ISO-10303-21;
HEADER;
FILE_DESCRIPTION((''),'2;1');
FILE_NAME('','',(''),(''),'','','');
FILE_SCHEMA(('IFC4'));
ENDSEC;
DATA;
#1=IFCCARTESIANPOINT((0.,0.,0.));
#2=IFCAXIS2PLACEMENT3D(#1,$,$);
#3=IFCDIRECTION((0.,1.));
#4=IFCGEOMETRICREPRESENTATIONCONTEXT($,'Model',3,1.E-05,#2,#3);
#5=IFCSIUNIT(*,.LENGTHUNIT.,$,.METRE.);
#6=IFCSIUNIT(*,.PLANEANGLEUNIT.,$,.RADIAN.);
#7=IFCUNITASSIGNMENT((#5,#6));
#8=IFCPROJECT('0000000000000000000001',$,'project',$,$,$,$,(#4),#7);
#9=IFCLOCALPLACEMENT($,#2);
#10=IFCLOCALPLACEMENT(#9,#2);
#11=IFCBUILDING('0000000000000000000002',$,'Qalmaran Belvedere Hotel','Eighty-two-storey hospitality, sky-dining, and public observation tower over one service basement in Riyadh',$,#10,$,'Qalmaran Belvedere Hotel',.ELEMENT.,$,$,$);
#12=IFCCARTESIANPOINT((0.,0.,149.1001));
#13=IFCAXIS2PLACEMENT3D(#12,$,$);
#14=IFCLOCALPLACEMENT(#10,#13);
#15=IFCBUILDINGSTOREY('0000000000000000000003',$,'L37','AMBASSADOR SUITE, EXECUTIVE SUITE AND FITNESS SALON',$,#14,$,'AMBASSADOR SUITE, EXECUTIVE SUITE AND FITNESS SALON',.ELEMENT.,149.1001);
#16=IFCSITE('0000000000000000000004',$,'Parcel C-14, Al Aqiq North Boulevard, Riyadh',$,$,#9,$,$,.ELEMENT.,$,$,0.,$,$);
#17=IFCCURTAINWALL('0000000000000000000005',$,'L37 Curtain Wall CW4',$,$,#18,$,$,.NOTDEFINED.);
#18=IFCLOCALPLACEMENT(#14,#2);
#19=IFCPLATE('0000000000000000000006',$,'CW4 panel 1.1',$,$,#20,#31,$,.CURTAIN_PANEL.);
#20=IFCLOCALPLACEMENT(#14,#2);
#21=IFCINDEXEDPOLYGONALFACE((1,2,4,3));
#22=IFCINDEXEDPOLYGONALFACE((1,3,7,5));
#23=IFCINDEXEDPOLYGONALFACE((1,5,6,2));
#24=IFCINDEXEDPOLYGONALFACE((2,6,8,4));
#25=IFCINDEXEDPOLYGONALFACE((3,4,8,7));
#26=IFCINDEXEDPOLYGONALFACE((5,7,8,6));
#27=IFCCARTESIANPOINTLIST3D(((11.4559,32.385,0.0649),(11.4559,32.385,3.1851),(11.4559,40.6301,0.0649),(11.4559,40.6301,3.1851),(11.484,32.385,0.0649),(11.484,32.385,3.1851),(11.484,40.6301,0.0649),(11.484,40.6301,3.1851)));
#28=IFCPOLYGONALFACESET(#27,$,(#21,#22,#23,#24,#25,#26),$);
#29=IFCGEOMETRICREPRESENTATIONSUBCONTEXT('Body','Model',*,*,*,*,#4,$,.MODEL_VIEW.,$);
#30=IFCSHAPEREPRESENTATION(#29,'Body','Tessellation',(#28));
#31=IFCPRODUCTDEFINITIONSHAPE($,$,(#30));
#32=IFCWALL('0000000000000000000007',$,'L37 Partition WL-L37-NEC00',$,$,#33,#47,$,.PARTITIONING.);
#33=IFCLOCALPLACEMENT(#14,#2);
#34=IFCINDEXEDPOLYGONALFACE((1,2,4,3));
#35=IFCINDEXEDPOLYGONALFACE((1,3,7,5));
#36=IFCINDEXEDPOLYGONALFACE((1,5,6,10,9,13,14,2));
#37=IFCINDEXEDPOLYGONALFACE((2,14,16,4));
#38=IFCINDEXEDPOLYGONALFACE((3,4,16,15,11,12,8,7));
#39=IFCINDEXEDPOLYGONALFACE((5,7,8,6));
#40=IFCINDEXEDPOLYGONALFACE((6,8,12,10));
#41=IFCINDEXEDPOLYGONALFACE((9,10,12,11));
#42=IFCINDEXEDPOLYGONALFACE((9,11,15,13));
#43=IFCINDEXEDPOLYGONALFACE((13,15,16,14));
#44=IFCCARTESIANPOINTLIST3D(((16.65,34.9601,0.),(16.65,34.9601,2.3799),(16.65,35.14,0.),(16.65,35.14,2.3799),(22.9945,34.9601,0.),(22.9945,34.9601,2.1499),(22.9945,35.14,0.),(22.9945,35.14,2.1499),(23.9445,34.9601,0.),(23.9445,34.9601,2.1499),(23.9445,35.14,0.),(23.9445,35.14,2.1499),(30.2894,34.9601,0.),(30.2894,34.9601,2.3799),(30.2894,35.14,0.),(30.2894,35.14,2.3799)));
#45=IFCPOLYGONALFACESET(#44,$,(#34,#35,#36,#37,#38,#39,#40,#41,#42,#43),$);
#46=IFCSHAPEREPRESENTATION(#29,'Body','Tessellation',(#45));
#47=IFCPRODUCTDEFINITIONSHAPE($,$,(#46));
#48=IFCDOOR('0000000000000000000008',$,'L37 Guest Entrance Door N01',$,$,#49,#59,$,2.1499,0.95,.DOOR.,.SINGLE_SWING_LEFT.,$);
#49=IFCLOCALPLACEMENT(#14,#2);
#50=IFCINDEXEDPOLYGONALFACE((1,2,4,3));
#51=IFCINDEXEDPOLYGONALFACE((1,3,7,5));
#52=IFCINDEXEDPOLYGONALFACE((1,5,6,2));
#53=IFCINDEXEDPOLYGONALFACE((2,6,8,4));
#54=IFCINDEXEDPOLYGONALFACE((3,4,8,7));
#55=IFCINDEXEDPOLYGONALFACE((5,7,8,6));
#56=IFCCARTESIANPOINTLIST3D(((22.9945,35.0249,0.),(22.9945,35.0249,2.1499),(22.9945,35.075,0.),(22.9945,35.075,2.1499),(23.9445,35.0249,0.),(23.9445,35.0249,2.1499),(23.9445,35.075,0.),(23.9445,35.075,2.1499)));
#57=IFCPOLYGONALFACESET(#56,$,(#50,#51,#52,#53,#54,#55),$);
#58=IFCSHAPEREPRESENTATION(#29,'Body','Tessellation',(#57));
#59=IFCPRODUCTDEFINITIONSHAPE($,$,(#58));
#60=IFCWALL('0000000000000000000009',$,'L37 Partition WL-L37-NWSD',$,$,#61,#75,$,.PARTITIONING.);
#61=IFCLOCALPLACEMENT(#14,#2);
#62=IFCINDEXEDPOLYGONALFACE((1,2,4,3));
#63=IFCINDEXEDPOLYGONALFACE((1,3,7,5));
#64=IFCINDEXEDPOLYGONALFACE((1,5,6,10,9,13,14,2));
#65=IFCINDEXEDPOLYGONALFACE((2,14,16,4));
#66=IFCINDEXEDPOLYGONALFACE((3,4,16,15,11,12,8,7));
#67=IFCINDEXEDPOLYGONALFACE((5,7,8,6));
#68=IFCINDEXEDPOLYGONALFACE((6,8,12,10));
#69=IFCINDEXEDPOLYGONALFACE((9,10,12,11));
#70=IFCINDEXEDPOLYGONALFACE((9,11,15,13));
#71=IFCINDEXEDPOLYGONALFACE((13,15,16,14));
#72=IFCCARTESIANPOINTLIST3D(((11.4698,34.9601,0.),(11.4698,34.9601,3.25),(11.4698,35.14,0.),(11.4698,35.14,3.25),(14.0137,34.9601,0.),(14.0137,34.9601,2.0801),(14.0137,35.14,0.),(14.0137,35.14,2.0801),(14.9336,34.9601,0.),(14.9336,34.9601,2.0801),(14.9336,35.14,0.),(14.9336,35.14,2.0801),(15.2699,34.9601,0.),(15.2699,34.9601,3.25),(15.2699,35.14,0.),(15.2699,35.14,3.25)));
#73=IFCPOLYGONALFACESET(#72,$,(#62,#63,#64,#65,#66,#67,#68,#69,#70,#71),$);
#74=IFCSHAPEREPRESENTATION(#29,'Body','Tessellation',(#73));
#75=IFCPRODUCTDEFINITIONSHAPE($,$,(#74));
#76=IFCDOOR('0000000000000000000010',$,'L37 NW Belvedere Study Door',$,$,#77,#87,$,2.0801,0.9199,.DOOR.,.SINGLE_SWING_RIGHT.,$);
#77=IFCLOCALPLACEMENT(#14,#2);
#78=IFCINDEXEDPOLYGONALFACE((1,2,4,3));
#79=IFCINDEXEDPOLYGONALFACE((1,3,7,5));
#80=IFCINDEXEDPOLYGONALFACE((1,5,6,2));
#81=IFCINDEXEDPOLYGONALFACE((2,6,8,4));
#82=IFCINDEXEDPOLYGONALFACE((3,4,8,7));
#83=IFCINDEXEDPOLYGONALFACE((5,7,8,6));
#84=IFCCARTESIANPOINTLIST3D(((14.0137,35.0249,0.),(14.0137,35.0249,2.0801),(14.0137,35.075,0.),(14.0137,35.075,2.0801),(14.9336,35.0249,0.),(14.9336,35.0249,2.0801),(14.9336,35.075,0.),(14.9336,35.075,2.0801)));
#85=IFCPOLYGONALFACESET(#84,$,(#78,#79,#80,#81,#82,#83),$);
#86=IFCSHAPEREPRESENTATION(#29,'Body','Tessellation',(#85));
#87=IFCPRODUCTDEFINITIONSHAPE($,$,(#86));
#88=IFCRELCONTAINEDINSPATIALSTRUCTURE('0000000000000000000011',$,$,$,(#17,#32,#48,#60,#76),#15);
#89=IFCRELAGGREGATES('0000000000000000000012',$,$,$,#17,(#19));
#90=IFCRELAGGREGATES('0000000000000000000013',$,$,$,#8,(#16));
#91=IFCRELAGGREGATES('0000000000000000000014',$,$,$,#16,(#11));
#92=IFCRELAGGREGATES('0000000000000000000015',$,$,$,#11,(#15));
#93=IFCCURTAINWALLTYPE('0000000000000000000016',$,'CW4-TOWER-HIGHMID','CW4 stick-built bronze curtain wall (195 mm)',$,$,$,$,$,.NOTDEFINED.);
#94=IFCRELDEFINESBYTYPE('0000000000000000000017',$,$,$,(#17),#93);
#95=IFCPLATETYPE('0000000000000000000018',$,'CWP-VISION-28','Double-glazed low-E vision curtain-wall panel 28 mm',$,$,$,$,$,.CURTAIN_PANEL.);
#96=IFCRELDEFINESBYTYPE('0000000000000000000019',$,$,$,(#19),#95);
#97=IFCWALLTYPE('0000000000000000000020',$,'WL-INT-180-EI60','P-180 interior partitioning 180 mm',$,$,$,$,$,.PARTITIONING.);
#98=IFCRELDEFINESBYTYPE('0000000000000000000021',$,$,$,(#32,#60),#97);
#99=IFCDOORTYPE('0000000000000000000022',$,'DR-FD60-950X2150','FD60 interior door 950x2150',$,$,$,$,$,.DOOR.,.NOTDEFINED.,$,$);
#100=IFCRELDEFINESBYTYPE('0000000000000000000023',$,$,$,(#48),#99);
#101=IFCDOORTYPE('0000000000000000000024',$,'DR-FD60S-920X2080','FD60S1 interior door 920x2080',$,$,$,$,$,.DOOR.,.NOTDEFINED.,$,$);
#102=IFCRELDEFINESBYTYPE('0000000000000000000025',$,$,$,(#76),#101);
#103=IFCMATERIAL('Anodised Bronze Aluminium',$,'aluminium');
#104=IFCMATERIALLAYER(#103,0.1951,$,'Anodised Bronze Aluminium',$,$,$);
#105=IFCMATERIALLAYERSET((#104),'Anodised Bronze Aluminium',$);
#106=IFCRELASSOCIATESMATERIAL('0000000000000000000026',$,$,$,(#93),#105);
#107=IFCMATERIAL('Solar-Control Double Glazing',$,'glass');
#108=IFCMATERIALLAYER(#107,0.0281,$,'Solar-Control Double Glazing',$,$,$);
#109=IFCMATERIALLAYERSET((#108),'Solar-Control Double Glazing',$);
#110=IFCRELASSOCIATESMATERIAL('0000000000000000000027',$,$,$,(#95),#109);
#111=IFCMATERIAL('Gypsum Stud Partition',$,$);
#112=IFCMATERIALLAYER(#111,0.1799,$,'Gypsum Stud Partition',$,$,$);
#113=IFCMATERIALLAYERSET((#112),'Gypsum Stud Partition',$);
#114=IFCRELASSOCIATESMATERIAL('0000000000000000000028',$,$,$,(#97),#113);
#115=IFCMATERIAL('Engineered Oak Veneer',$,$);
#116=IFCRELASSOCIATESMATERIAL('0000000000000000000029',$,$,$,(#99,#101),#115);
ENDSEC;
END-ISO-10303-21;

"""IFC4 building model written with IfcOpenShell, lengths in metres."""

from ifc_helpers import new_model, si_unit, direction, frame, frame_2d, origin, origin_2d, place, context, subcontext, project, spatial, rectangle, extrude, material, layer, layer_set, type_object, element, fill, aggregate, save


model = new_model("IFC4")

# Units and contexts
model_context = context("Model", 3, precision=1e-05, world=origin(), true_north=direction((0.0, 1.0)))
body_context = subcontext(model_context, "Body", "Model", "MODEL_VIEW")
ifc_project = project(units=[si_unit("LENGTHUNIT", "METRE"), si_unit("PLANEANGLEUNIT", "RADIAN")], contexts=[model_context])

# Site, building, storey
site_placement = place(None, origin())
site = spatial("IfcSite", under=ifc_project, at=site_placement, Name="Parcel C-14, Al Aqiq North Boulevard, Riyadh", CompositionType="ELEMENT", RefElevation=0.0)
building_placement = place(site_placement, origin())
building = spatial("IfcBuilding", under=site, at=building_placement, Name="Qalmaran Belvedere Hotel", Description="Eighty-two-storey hospitality, sky-dining, and public observation tower over one service basement in Riyadh", LongName="Qalmaran Belvedere Hotel", CompositionType="ELEMENT")
storey_placement = place(building_placement, frame((0.0, 0.0, 149.1001)))
storey = spatial("IfcBuildingStorey", under=building, at=storey_placement, Name="L37", Description="AMBASSADOR SUITE, EXECUTIVE SUITE AND FITNESS SALON", LongName="AMBASSADOR SUITE, EXECUTIVE SUITE AND FITNESS SALON", CompositionType="ELEMENT", Elevation=149.1001)

# Shared definitions
ifc_material_1 = material(Name="Anodised Bronze Aluminium", Category="aluminium")
ifc_layer_1 = layer(ifc_material_1, 0.1951, Name="Anodised Bronze Aluminium")
ifc_layer_set_1 = layer_set([ifc_layer_1], Name="Anodised Bronze Aluminium")
curtain_wall_type = type_object("IfcCurtainWallType", Name="CW4-TOWER-HIGHMID", Description="CW4 stick-built bronze curtain wall (195 mm)", PredefinedType="NOTDEFINED", material=ifc_layer_set_1)

# Curtain wall
curtain_wall_1_placement = place(storey_placement, origin())
curtain_wall_1 = element("IfcCurtainWall", 1, at=curtain_wall_1_placement, inside=storey, type_object=curtain_wall_type, Name="L37 Curtain Wall CW4", PredefinedType="NOTDEFINED")

# Plate
ifc_material_2 = material(Name="Solar-Control Double Glazing", Category="glass")
ifc_layer_2 = layer(ifc_material_2, 0.0281, Name="Solar-Control Double Glazing")
ifc_layer_set_2 = layer_set([ifc_layer_2], Name="Solar-Control Double Glazing")
plate_type = type_object("IfcPlateType", Name="CWP-VISION-28", Description="Double-glazed low-E vision curtain-wall panel 28 mm", PredefinedType="CURTAIN_PANEL", material=ifc_layer_set_2)
plate_1_placement = place(storey_placement, frame((11.47, 36.5076, 0.0649), z_axis=(0.0, 0.0, 1.0), x_axis=(0.0, -1.0, 0.0)))
plate_1 = element("IfcPlate", 2, at=plate_1_placement, type_object=plate_type, Name="CW4 panel 1.1", PredefinedType="CURTAIN_PANEL", context=body_context, shape_type="SweptSolid", body=[
    extrude(rectangle(XDim=8.2451, YDim=0.0281, at=origin_2d()), origin(), (0.0, 0.0, 1.0), 3.1201),
])
aggregate(curtain_wall_1, [plate_1])

# Walls, openings, doors
ifc_material_3 = material(Name="Gypsum Stud Partition")
ifc_layer_3 = layer(ifc_material_3, 0.1799, Name="Gypsum Stud Partition")
ifc_layer_set_3 = layer_set([ifc_layer_3], Name="Gypsum Stud Partition")
wall_type_1 = type_object("IfcWallType", Name="WL-INT-180-EI60", Description="P-180 interior partitioning 180 mm", PredefinedType="PARTITIONING", material=ifc_layer_set_3)
wall_1_placement = place(storey_placement, frame((16.6499, 35.05, 0.0), z_axis=(0.0, 0.0, 1.0), x_axis=(1.0, 0.0, 0.0)))
wall_1 = element("IfcWall", 3, at=wall_1_placement, inside=storey, type_object=wall_type_1, Name="L37 Partition WL-L37-NEC00", PredefinedType="PARTITIONING", context=body_context, shape_type="SweptSolid", body=[
    extrude(rectangle(XDim=13.6394, YDim=0.1799, at=frame_2d((6.8198, 0.0))), origin(), (0.0, 0.0, 1.0), 2.3799),
])
opening_1_placement = place(wall_1_placement, frame((6.3445, 0.0, 0.0)))
opening_1 = element("IfcOpeningElement", 4, at=opening_1_placement, cuts=wall_1, PredefinedType="OPENING", context=body_context, shape_type="SweptSolid", body=[
    extrude(rectangle(XDim=0.95, YDim=2.1499, at=frame_2d((0.4751, 1.075))), frame((0.0, 0.1001, 0.0), z_axis=(0.0, -1.0, 0.0), x_axis=(1.0, 0.0, 0.0)), (0.0, 0.0, 1.0), 0.2),
])
ifc_material_4 = material(Name="Engineered Oak Veneer")
door_type_1 = type_object("IfcDoorType", Name="DR-FD60-950X2150", Description="FD60 interior door 950x2150", OperationType="NOTDEFINED", PredefinedType="DOOR", material=ifc_material_4)
door_1_placement = place(opening_1_placement, origin())
door_1 = element("IfcDoor", 5, at=door_1_placement, inside=storey, type_object=door_type_1, Name="L37 Guest Entrance Door N01", OperationType="SINGLE_SWING_LEFT", OverallHeight=2.1499, OverallWidth=0.95, PredefinedType="DOOR", context=body_context, shape_type="SweptSolid", body=[
    extrude(rectangle(XDim=0.95, YDim=2.1499, at=frame_2d((0.4751, 1.075))), frame((0.0, 0.0249, 0.0), z_axis=(0.0, -1.0, 0.0), x_axis=(1.0, 0.0, 0.0)), (0.0, 0.0, 1.0), 0.05),
])
fill(opening_1, door_1)
wall_2_placement = place(storey_placement, frame((11.47, 35.05, 0.0), z_axis=(0.0, 0.0, 1.0), x_axis=(1.0, 0.0, 0.0)))
wall_2 = element("IfcWall", 6, at=wall_2_placement, inside=storey, type_object=wall_type_1, Name="L37 Partition WL-L37-NWSD", PredefinedType="PARTITIONING", context=body_context, shape_type="SweptSolid", body=[
    extrude(rectangle(XDim=3.8, YDim=0.1799, at=frame_2d((1.8999, 0.0))), origin(), (0.0, 0.0, 1.0), 3.25),
])
opening_2_placement = place(wall_2_placement, frame((2.5437, 0.0, 0.0)))
opening_2 = element("IfcOpeningElement", 7, at=opening_2_placement, cuts=wall_2, PredefinedType="OPENING", context=body_context, shape_type="SweptSolid", body=[
    extrude(rectangle(XDim=0.9199, YDim=2.0801, at=frame_2d((0.46, 1.04))), frame((0.0, 0.1001, 0.0), z_axis=(0.0, -1.0, 0.0), x_axis=(1.0, 0.0, 0.0)), (0.0, 0.0, 1.0), 0.2),
])
door_type_2 = type_object("IfcDoorType", Name="DR-FD60S-920X2080", Description="FD60S1 interior door 920x2080", OperationType="NOTDEFINED", PredefinedType="DOOR", material=ifc_material_4)
door_2_placement = place(opening_2_placement, origin())
door_2 = element("IfcDoor", 8, at=door_2_placement, inside=storey, type_object=door_type_2, Name="L37 NW Belvedere Study Door", OperationType="SINGLE_SWING_RIGHT", OverallHeight=2.0801, OverallWidth=0.9199, PredefinedType="DOOR", context=body_context, shape_type="SweptSolid", body=[
    extrude(rectangle(XDim=0.9199, YDim=2.0801, at=frame_2d((0.46, 1.04))), frame((0.0, 0.0249, 0.0), z_axis=(0.0, -1.0, 0.0), x_axis=(1.0, 0.0, 0.0)), (0.0, 0.0, 1.0), 0.05),
])
fill(opening_2, door_2)

save(model, "model.ifc")
